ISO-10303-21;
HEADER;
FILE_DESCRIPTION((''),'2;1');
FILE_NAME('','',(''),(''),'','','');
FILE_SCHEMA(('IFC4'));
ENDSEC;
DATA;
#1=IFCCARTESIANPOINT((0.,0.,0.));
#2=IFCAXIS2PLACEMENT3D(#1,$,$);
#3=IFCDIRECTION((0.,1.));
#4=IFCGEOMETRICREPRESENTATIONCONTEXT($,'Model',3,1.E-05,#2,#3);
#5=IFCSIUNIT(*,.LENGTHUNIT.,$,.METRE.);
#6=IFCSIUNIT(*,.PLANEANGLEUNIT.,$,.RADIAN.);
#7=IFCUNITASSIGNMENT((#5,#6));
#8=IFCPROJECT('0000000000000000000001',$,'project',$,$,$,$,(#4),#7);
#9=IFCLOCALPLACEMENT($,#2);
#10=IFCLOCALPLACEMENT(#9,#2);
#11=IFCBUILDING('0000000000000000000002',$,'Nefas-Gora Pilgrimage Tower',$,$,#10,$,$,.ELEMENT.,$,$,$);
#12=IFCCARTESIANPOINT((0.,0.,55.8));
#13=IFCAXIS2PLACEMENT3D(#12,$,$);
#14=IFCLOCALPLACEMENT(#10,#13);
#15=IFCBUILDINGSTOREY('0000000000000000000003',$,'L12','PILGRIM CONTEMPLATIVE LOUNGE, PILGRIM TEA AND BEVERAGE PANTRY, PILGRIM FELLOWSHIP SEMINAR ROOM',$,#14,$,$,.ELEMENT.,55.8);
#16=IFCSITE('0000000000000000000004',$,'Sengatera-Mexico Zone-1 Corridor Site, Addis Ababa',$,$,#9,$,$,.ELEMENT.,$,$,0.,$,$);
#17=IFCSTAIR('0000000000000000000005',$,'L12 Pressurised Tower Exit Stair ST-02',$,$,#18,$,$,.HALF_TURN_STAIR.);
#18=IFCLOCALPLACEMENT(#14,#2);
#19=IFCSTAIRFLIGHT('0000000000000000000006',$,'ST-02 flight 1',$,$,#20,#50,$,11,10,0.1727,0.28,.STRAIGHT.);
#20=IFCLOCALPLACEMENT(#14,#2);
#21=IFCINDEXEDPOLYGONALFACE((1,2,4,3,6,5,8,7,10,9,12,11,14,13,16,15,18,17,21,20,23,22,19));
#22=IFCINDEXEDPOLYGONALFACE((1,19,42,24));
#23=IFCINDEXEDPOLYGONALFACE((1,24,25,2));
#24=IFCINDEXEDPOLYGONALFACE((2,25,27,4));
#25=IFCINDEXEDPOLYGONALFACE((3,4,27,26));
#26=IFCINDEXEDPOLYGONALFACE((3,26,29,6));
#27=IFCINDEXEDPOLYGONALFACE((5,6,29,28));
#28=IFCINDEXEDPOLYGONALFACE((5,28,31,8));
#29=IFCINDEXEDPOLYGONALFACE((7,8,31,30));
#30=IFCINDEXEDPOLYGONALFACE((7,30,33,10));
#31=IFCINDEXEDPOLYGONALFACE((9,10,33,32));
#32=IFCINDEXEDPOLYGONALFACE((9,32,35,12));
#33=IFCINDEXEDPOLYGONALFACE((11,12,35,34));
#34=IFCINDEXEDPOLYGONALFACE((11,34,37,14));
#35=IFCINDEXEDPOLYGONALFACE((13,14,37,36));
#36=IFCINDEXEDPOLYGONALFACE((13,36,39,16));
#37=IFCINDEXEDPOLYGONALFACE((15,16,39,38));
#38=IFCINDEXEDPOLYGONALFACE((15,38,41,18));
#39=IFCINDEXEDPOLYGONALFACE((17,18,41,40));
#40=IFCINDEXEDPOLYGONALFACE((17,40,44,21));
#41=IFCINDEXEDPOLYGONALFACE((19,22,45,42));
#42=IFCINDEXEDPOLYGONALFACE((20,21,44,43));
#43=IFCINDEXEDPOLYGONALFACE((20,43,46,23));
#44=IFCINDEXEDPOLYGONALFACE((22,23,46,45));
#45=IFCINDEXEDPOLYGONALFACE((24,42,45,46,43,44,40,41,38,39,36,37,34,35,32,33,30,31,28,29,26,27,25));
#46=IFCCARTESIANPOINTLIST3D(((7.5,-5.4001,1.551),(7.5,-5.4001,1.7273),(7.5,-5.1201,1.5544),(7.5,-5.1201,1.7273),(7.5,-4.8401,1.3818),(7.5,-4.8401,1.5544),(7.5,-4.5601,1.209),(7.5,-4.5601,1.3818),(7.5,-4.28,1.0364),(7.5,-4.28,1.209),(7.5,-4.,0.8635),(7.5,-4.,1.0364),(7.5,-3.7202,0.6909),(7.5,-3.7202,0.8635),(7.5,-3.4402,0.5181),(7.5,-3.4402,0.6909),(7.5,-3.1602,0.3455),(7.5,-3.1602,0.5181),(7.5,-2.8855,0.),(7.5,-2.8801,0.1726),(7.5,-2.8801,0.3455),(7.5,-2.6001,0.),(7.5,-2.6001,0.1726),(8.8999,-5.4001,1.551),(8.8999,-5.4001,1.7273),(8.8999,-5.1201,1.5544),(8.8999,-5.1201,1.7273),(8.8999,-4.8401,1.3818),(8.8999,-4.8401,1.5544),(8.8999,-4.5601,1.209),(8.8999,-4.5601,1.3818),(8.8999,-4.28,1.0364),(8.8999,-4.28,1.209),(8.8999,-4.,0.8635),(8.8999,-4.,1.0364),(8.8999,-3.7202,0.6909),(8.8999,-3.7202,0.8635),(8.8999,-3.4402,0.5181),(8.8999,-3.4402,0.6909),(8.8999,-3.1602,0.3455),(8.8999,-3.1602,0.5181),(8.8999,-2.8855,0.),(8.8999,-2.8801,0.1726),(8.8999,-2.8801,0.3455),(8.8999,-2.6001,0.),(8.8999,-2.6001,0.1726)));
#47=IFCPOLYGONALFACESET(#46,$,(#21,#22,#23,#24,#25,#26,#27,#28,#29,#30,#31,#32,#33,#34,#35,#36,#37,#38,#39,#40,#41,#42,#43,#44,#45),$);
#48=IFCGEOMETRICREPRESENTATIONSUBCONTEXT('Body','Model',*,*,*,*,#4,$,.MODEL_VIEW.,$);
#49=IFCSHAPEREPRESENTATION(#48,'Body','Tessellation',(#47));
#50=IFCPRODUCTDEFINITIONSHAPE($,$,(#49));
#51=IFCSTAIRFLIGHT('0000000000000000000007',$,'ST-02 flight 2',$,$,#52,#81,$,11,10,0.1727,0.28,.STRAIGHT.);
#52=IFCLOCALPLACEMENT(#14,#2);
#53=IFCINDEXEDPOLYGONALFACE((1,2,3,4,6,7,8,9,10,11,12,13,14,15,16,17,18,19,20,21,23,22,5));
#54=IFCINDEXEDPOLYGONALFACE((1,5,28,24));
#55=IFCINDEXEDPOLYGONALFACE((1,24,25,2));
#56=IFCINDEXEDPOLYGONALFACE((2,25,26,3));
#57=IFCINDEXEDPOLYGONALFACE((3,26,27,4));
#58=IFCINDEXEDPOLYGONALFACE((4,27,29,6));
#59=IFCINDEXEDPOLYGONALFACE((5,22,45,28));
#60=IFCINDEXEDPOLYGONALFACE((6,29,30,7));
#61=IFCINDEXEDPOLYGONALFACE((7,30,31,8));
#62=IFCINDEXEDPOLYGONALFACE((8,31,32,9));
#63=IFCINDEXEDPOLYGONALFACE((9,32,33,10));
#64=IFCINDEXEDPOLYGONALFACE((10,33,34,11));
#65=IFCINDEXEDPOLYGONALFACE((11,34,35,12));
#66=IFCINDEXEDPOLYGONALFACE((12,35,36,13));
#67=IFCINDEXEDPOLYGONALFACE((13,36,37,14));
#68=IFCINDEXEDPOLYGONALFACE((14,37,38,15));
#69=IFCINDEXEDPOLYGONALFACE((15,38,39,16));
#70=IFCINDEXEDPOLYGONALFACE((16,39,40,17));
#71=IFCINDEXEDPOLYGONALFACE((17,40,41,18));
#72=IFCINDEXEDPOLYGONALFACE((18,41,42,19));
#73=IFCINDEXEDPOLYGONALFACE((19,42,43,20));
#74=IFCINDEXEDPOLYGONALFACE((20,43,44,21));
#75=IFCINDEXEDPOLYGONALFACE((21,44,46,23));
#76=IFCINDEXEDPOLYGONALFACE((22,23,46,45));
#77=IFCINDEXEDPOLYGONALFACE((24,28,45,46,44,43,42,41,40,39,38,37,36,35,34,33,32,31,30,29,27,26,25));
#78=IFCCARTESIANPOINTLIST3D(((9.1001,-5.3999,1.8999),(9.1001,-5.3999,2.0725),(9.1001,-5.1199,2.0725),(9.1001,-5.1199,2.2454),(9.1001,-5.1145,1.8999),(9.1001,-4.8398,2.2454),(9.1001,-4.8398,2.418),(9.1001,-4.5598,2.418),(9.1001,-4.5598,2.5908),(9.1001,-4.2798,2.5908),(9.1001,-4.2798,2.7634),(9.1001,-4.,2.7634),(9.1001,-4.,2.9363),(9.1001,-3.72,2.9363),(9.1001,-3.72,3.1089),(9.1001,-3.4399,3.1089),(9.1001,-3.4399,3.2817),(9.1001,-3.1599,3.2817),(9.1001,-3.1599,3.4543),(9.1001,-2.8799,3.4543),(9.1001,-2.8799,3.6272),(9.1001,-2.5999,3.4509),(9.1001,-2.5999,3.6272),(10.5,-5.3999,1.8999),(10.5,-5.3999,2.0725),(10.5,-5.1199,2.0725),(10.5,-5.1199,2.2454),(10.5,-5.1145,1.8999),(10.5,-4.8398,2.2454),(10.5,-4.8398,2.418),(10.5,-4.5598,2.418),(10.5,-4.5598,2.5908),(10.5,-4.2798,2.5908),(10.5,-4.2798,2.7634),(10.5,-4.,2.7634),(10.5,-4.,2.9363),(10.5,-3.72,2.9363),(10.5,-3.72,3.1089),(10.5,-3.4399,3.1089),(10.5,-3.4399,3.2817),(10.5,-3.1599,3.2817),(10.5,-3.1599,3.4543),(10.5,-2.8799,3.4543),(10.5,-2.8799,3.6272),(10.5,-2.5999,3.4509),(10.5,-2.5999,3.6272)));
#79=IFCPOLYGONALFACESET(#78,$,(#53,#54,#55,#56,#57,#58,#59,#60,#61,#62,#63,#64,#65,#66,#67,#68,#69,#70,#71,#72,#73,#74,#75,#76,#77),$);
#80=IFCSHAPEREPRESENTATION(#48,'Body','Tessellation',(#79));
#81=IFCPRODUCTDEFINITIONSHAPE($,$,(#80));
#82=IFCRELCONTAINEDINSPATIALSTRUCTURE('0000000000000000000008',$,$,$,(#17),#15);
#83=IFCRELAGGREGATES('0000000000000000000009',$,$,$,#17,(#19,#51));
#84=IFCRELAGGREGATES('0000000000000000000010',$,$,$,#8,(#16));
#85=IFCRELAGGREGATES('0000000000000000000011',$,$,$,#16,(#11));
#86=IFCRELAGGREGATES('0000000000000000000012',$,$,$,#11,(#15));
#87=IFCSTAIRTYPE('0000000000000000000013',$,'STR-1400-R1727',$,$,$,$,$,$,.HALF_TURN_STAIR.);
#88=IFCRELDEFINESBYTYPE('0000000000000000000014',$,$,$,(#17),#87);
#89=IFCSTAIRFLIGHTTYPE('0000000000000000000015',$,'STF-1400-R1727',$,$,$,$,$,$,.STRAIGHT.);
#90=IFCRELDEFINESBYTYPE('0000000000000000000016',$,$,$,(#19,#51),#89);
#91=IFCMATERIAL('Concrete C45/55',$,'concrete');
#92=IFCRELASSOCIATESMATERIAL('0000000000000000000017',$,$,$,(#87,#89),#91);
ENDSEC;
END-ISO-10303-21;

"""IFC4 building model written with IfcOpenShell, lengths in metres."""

from ifc_helpers import new_model, si_unit, direction, frame, origin, place, context, subcontext, project, spatial, polyline, outline, extrude, source, transform, mapped, material, type_object, element, aggregate, save


model = new_model("IFC4")

# Units and contexts
model_context = context("Model", 3, precision=1e-05, world=origin(), true_north=direction((0.0, 1.0)))
body_context = subcontext(model_context, "Body", "Model", "MODEL_VIEW")
ifc_project = project(units=[si_unit("LENGTHUNIT", "METRE"), si_unit("PLANEANGLEUNIT", "RADIAN")], contexts=[model_context])

# Site, building, storey
site_placement = place(None, origin())
site = spatial("IfcSite", under=ifc_project, at=site_placement, Name="Sengatera-Mexico Zone-1 Corridor Site, Addis Ababa", CompositionType="ELEMENT", RefElevation=0.0)
building_placement = place(site_placement, origin())
building = spatial("IfcBuilding", under=site, at=building_placement, Name="Nefas-Gora Pilgrimage Tower", CompositionType="ELEMENT")
storey_placement = place(building_placement, frame((0.0, 0.0, 55.8)))
storey = spatial("IfcBuildingStorey", under=building, at=storey_placement, Name="L12", Description="PILGRIM CONTEMPLATIVE LOUNGE, PILGRIM TEA AND BEVERAGE PANTRY, PILGRIM FELLOWSHIP SEMINAR ROOM", CompositionType="ELEMENT", Elevation=55.8)

# Shared definitions
ifc_material_1 = material(Name="Concrete C45/55", Category="concrete")

# Stair, stair flights
stair_type = type_object("IfcStairType", Name="STR-1400-R1727", PredefinedType="HALF_TURN_STAIR", material=ifc_material_1)
stair_placement = place(storey_placement, origin())
stair = element("IfcStair", 1, at=stair_placement, inside=storey, type_object=stair_type, Name="L12 Pressurised Tower Exit Stair ST-02", PredefinedType="HALF_TURN_STAIR")
stair_flight_type = type_object("IfcStairFlightType", Name="STF-1400-R1727", PredefinedType="STRAIGHT", material=ifc_material_1)
shared_shape_1 = source(origin(), body_context, "Body", "SweptSolid", [
    extrude(outline(polyline([(0.0, 0.0), (0.0, 0.1726), (0.28, 0.1726), (0.28, 0.3455), (0.5601, 0.3455), (0.5601, 0.5181), (0.8401, 0.5181), (0.8401, 0.6909), (1.1201, 0.6909), (1.1201, 0.8635), (1.3999, 0.8635), (1.3999, 1.0364), (1.6799, 1.0364), (1.6799, 1.209), (1.96, 1.209), (1.96, 1.3818), (2.24, 1.3818), (2.24, 1.5544), (2.52, 1.5544), (2.52, 1.7273), (2.8, 1.7273), (2.8, 1.8999), (2.8, 1.551), (0.2854, 0.0), (0.0, 0.0)])), frame((0.0, 0.7, 0.0), z_axis=(0.0, -1.0, 0.0), x_axis=(1.0, 0.0, 0.0)), (0.0, 0.0, 1.0), 1.3999),
])
stair_flight_1_placement = place(storey_placement, frame((8.2, -2.6001, 0.0), z_axis=(0.0, 0.0, 1.0), x_axis=(0.0, -1.0, 0.0)))
stair_flight_1 = element("IfcStairFlight", 2, at=stair_flight_1_placement, type_object=stair_flight_type, Name="ST-02 flight 1", NumberOfRisers=11, NumberOfTreads=10, PredefinedType="STRAIGHT", RiserHeight=0.1727, TreadLength=0.28, context=body_context, shape_type="MappedRepresentation", body=[
    mapped(shared_shape_1, transform((0.0, 0.0, 0.0), x_axis=(1.0, 0.0, 0.0), y_axis=(0.0, 1.0, 0.0), z_axis=(0.0, 0.0, 1.0), scale=1.0)),
])
stair_flight_2_placement = place(storey_placement, frame((9.8, -5.3999, 1.8999), z_axis=(0.0, 0.0, 1.0), x_axis=(0.0, 1.0, 0.0)))
stair_flight_2 = element("IfcStairFlight", 3, at=stair_flight_2_placement, type_object=stair_flight_type, Name="ST-02 flight 2", NumberOfRisers=11, NumberOfTreads=10, PredefinedType="STRAIGHT", RiserHeight=0.1727, TreadLength=0.28, context=body_context, shape_type="MappedRepresentation", body=[
    mapped(shared_shape_1, transform((0.0, 0.0, 0.0), x_axis=(1.0, 0.0, 0.0), y_axis=(0.0, 1.0, 0.0), z_axis=(0.0, 0.0, 1.0), scale=1.0)),
])
aggregate(stair, [stair_flight_1, stair_flight_2])

save(model, "model.ifc")
